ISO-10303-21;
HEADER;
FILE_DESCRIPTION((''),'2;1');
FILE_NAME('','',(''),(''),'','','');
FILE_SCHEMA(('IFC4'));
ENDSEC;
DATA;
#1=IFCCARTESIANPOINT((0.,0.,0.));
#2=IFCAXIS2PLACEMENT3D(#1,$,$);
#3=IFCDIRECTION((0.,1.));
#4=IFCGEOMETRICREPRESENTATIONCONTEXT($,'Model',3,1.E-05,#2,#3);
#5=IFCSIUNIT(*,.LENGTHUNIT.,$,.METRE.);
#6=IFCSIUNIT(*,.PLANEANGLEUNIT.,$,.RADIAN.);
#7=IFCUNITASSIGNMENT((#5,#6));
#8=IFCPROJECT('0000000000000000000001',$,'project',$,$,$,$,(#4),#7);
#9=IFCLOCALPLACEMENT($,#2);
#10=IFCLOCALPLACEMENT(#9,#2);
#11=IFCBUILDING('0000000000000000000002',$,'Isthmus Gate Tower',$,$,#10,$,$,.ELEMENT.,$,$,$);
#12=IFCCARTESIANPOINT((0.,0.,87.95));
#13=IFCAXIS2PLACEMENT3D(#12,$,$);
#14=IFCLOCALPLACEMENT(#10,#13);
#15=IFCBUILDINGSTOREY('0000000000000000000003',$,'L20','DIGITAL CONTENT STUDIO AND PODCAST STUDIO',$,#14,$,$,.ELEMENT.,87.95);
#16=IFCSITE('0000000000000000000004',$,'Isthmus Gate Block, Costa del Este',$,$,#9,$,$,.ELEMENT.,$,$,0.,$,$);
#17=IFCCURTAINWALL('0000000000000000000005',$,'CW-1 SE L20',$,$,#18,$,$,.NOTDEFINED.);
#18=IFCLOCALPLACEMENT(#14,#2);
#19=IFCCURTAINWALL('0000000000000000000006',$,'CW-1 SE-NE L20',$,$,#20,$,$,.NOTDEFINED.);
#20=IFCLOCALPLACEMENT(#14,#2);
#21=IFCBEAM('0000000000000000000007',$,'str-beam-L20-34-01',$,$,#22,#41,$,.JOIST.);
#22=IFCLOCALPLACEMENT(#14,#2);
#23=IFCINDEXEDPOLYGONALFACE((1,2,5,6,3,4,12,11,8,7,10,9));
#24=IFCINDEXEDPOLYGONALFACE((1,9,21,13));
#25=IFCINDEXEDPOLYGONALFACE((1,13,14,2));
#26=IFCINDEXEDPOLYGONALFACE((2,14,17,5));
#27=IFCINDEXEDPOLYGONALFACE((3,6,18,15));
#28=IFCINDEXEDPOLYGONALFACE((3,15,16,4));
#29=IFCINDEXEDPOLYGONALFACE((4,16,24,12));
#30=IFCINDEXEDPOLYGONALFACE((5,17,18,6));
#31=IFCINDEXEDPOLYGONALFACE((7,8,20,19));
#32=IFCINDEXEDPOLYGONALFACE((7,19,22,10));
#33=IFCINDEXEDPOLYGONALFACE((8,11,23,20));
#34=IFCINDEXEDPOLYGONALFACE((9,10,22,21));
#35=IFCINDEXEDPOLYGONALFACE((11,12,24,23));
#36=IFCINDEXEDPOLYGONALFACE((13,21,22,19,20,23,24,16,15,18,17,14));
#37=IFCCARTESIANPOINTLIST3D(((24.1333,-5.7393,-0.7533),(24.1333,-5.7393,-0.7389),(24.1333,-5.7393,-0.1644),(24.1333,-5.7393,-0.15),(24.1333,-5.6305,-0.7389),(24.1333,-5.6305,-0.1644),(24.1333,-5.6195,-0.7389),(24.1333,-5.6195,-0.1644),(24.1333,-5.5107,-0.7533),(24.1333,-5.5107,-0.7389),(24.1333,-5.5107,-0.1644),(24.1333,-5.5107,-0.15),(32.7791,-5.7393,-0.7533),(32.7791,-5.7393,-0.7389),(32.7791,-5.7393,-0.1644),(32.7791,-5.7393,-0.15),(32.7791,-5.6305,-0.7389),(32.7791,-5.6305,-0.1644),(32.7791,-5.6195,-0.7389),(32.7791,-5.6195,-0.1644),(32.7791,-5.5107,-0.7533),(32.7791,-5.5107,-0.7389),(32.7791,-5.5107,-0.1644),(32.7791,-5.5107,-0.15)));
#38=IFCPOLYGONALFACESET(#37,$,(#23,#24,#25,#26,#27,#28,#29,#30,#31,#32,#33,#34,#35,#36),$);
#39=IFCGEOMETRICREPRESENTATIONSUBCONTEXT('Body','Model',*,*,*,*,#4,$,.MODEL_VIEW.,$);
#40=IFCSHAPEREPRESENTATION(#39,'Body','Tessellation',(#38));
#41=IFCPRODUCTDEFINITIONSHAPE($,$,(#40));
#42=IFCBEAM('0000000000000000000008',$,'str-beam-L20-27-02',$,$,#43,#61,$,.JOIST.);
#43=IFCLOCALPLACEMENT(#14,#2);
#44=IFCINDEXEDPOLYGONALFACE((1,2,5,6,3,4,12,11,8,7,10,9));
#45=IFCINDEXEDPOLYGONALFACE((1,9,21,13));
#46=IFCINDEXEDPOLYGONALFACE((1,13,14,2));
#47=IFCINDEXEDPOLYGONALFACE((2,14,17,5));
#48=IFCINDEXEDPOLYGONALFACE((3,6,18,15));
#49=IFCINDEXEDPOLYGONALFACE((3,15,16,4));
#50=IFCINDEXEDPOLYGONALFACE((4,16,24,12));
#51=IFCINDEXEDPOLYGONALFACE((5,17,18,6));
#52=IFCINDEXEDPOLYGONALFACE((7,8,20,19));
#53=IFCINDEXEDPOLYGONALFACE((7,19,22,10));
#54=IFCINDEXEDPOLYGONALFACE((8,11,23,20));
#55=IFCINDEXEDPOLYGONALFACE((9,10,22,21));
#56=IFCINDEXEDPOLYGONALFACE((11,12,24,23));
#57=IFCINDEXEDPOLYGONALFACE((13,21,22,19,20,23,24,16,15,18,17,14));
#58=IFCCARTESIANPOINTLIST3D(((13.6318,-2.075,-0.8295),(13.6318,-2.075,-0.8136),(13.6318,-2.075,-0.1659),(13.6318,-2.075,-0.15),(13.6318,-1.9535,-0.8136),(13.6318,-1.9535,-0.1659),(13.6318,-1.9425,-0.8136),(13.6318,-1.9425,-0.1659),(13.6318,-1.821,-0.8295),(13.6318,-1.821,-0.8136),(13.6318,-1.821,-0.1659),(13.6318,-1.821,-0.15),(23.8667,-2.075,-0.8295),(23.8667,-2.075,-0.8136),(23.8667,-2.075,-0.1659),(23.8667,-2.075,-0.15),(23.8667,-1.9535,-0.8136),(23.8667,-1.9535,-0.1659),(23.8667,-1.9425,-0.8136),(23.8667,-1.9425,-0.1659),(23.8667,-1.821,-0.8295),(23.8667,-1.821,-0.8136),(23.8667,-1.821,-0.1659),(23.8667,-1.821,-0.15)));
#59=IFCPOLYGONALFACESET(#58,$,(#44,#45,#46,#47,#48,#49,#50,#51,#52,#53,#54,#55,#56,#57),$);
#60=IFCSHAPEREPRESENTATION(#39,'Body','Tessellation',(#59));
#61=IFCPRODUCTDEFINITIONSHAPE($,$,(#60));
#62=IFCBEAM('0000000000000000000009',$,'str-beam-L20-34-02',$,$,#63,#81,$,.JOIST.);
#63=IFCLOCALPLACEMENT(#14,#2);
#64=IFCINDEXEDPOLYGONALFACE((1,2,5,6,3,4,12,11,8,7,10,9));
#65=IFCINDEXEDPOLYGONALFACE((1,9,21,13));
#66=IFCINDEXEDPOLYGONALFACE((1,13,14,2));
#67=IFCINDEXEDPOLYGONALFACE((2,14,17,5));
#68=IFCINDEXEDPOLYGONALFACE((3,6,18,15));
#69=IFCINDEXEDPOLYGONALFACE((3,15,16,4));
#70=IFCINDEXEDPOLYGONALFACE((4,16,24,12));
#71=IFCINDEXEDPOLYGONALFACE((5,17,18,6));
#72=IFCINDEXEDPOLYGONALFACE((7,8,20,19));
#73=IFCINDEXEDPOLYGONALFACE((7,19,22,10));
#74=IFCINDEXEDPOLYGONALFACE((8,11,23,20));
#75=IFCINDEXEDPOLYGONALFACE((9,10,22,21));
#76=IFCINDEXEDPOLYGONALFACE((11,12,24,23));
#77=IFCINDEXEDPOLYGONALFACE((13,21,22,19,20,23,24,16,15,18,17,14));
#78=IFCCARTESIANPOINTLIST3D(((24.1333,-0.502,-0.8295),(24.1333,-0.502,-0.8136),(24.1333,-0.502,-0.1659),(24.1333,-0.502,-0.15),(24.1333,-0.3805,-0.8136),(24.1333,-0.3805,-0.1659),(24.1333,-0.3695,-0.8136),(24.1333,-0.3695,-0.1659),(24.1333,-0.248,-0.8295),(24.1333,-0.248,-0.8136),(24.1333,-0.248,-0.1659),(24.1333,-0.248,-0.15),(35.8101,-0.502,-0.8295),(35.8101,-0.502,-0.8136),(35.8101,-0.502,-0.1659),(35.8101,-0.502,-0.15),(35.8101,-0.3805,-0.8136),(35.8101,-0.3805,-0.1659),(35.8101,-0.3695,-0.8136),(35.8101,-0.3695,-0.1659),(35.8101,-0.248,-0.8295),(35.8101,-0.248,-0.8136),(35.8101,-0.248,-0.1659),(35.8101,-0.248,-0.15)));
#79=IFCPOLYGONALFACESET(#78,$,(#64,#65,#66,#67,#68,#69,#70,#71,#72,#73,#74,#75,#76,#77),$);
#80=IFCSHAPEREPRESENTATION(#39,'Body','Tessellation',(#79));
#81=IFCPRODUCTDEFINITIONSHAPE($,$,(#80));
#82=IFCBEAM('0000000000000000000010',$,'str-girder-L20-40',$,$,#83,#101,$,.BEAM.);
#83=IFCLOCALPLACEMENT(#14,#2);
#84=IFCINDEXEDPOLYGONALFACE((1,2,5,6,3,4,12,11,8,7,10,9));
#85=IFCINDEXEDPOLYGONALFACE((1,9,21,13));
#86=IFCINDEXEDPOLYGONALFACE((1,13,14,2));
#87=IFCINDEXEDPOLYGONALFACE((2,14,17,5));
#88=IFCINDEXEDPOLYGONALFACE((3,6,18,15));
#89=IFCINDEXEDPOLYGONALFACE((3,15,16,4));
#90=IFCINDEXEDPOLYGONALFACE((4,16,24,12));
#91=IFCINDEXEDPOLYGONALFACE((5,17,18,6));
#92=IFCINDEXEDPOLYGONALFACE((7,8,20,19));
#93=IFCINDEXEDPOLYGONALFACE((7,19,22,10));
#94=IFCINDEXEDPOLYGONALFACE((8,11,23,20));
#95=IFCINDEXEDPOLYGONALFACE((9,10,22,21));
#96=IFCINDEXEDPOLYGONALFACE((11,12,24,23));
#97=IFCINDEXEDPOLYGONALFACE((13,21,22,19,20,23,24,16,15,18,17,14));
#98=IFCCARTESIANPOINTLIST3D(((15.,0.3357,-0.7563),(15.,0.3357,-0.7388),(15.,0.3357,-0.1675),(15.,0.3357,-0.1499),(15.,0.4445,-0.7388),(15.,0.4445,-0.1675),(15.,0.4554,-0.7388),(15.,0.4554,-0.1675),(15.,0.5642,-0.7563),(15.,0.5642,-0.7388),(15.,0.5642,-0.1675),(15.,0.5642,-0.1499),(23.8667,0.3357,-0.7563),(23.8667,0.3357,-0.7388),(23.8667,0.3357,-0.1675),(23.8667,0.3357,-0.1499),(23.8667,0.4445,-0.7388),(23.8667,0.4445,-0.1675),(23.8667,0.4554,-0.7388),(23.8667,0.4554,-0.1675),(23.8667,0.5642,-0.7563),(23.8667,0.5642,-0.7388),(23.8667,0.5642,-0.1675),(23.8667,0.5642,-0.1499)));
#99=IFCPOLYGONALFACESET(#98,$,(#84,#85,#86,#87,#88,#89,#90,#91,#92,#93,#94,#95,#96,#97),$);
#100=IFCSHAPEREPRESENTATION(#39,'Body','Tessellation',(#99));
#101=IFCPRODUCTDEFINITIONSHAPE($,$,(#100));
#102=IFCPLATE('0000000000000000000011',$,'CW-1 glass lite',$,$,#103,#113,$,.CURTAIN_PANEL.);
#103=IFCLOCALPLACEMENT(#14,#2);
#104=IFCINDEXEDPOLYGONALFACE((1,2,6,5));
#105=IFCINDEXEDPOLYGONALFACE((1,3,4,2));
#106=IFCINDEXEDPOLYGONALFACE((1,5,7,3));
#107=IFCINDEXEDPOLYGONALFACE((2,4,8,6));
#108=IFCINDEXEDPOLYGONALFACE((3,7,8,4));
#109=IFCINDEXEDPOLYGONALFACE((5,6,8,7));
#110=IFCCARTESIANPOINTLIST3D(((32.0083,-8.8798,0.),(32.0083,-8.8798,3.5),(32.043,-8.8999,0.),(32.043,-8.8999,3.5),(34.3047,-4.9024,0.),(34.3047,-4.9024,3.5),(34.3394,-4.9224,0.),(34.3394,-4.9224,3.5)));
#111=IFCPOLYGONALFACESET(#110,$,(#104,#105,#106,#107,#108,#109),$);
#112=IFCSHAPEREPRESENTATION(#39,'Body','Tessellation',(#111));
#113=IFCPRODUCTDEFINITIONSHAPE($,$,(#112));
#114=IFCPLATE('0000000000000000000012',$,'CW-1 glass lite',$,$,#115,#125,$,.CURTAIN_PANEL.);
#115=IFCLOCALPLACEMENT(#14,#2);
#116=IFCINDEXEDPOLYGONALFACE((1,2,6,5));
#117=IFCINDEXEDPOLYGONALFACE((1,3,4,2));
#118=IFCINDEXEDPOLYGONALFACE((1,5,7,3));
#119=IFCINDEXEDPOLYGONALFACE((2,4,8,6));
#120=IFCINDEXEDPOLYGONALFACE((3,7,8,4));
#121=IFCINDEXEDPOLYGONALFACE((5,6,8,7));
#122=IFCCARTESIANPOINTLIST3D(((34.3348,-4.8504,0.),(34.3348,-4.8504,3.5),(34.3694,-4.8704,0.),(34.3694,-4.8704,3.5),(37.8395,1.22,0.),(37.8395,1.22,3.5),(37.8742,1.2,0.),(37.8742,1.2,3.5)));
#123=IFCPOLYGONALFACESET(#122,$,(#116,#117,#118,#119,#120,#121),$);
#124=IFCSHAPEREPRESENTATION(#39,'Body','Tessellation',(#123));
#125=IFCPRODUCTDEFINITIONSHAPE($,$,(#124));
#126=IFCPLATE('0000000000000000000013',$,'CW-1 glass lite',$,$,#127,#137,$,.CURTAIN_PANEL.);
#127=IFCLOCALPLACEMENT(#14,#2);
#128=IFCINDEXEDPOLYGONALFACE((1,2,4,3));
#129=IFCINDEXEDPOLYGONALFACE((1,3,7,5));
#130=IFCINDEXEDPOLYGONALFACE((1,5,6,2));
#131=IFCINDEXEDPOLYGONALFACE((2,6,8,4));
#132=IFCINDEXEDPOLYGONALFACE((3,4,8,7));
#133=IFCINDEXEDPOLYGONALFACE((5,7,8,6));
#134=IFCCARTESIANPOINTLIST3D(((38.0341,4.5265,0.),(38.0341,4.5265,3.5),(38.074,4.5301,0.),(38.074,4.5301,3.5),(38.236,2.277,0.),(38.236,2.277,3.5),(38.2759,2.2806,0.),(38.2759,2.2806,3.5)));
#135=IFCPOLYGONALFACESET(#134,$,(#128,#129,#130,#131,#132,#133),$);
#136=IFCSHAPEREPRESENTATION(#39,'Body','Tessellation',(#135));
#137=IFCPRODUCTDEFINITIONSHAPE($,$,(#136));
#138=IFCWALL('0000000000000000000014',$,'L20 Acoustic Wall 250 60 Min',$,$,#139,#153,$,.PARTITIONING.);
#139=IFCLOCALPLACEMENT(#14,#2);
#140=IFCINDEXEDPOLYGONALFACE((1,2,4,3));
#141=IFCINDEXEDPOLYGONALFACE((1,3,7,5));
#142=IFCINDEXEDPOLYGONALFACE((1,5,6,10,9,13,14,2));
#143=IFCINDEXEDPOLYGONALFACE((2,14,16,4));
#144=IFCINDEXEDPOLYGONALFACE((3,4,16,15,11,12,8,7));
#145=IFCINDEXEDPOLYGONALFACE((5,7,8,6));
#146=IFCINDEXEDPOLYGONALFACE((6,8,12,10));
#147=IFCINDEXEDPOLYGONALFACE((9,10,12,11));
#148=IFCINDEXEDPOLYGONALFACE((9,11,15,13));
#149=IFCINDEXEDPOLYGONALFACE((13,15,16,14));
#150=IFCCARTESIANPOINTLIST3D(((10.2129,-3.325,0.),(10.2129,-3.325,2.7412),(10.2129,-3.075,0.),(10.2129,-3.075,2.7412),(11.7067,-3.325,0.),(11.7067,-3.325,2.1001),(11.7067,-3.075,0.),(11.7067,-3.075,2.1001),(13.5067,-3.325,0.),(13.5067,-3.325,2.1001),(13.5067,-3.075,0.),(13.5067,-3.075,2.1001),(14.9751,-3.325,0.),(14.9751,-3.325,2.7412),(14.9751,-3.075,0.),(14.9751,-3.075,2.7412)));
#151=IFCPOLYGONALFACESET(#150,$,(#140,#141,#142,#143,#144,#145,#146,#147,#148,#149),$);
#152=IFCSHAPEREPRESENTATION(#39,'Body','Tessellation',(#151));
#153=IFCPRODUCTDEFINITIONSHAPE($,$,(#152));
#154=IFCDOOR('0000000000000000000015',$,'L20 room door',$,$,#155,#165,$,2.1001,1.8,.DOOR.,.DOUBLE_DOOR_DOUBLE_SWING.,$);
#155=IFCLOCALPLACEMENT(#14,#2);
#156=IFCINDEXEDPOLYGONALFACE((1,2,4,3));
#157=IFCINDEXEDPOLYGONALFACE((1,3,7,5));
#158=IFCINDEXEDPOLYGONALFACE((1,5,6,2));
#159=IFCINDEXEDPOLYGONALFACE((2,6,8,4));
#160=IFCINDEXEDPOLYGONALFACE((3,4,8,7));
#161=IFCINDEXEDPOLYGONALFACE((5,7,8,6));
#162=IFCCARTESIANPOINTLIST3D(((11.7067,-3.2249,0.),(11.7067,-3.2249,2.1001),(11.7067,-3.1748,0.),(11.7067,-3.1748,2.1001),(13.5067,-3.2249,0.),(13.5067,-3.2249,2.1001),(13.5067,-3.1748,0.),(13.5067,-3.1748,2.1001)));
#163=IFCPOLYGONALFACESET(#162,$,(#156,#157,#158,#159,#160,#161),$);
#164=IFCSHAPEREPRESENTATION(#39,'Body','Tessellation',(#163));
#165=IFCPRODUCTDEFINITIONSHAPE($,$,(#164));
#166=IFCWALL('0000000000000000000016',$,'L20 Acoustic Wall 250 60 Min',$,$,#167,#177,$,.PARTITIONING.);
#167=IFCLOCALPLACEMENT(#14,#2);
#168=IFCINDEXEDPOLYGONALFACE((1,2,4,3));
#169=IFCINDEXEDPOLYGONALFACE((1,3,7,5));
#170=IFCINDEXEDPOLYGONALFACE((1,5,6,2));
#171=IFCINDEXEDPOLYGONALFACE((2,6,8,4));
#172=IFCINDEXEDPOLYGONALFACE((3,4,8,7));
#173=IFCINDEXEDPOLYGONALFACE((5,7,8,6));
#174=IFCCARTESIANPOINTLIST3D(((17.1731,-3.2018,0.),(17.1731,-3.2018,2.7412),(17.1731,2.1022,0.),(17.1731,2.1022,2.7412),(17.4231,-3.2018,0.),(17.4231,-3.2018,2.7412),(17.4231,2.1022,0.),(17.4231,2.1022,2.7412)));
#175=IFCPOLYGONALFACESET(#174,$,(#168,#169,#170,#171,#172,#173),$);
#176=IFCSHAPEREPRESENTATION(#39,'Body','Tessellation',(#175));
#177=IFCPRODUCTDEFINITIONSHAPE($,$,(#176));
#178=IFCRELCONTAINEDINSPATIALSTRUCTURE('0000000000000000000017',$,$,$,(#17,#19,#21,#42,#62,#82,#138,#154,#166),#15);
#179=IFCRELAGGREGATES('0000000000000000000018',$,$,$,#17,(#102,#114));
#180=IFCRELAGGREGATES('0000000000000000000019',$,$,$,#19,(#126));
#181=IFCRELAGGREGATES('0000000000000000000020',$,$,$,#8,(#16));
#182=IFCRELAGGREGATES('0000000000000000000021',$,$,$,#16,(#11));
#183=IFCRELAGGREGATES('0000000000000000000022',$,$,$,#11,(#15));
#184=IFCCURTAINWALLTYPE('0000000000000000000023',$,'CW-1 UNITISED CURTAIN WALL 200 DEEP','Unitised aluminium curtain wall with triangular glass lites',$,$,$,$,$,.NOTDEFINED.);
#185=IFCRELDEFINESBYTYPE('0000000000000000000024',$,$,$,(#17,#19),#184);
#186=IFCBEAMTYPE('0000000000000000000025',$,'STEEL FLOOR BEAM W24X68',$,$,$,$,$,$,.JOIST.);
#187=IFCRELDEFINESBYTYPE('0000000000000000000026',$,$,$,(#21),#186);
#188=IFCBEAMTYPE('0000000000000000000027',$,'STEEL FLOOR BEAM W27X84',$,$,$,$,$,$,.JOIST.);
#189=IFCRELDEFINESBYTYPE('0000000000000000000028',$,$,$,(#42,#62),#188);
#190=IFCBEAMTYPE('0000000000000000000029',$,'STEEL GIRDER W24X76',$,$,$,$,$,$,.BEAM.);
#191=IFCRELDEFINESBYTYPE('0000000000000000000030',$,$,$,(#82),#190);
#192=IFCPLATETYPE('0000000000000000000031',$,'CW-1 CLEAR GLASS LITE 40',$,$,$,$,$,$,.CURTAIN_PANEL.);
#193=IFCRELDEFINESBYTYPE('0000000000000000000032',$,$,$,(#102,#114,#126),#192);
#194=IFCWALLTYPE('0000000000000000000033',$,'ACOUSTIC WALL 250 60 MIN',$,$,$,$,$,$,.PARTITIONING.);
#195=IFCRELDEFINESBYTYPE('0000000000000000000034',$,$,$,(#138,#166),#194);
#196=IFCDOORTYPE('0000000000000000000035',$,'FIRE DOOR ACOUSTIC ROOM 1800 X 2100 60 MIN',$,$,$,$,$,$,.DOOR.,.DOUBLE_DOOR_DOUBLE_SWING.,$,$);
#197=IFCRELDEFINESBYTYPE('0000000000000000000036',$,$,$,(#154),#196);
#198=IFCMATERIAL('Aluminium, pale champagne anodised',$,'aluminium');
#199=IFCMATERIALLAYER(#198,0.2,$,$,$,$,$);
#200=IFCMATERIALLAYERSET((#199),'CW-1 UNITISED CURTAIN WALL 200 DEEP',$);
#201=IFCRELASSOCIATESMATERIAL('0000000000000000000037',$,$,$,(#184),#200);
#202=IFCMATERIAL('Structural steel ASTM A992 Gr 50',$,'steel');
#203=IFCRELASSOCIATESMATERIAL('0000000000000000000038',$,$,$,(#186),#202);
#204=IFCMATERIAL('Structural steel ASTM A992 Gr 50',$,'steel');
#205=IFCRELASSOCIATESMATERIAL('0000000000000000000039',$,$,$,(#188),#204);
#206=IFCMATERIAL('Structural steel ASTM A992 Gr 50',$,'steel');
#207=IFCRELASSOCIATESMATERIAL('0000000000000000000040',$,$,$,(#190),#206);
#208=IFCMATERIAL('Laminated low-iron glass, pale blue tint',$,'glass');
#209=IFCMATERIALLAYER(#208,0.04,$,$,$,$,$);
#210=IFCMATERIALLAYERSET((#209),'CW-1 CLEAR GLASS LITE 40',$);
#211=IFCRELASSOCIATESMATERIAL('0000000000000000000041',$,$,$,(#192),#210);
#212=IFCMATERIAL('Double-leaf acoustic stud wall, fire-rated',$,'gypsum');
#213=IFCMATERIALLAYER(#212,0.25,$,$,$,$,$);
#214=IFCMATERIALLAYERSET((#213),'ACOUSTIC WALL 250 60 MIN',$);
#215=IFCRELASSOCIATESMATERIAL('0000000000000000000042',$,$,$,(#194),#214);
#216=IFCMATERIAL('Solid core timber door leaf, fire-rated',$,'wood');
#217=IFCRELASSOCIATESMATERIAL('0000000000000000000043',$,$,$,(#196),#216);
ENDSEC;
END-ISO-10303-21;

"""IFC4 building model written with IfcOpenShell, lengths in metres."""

from ifc_helpers import new_model, si_unit, direction, frame, frame_2d, origin, origin_2d, place, context, subcontext, project, spatial, rectangle, i_section, extrude, material, layer, layer_set, material_profile, profile_set, type_object, element, fill, aggregate, save


model = new_model("IFC4")

# Units and contexts
model_context = context("Model", 3, precision=1e-05, world=origin(), true_north=direction((0.0, 1.0)))
body_context = subcontext(model_context, "Body", "Model", "MODEL_VIEW")
ifc_project = project(units=[si_unit("LENGTHUNIT", "METRE"), si_unit("PLANEANGLEUNIT", "RADIAN")], contexts=[model_context])

# Site, building, storey
site_placement = place(None, origin())
site = spatial("IfcSite", under=ifc_project, at=site_placement, Name="Isthmus Gate Block, Costa del Este", CompositionType="ELEMENT", RefElevation=0.0)
building_placement = place(site_placement, origin())
building = spatial("IfcBuilding", under=site, at=building_placement, Name="Isthmus Gate Tower", CompositionType="ELEMENT")
storey_placement = place(building_placement, frame((0.0, 0.0, 87.95)))
storey = spatial("IfcBuildingStorey", under=building, at=storey_placement, Name="L20", Description="DIGITAL CONTENT STUDIO AND PODCAST STUDIO", CompositionType="ELEMENT", Elevation=87.95)

# Curtain walls
ifc_material_1 = material(Name="Aluminium, pale champagne anodised", Category="aluminium")
ifc_layer_1 = layer(ifc_material_1, 0.2)
ifc_layer_set_1 = layer_set([ifc_layer_1], Name="CW-1 UNITISED CURTAIN WALL 200 DEEP")
curtain_wall_type = type_object("IfcCurtainWallType", Name="CW-1 UNITISED CURTAIN WALL 200 DEEP", Description="Unitised aluminium curtain wall with triangular glass lites", PredefinedType="NOTDEFINED", material=ifc_layer_set_1)
curtain_wall_1_placement = place(storey_placement, origin())
curtain_wall_1 = element("IfcCurtainWall", 1, at=curtain_wall_1_placement, inside=storey, type_object=curtain_wall_type, Name="CW-1 SE L20", PredefinedType="NOTDEFINED")
curtain_wall_2_placement = place(storey_placement, origin())
curtain_wall_2 = element("IfcCurtainWall", 2, at=curtain_wall_2_placement, inside=storey, type_object=curtain_wall_type, Name="CW-1 SE-NE L20", PredefinedType="NOTDEFINED")

# Beams
ifc_material_2 = material(Name="Structural steel ASTM A992 Gr 50", Category="steel")
ifc_material_profile_1 = material_profile(ifc_material_2, i_section(OverallWidth=0.2285, OverallDepth=0.6033, WebThickness=0.011, FlangeThickness=0.0144, at=origin_2d()), Name="W24X68")
ifc_profile_set_1 = profile_set([ifc_material_profile_1], Name="Structural steel ASTM A992 Gr 50")
beam_type_1 = type_object("IfcBeamType", Name="STEEL FLOOR BEAM W24X68", PredefinedType="JOIST", material=ifc_profile_set_1)
beam_1_placement = place(storey_placement, frame((24.1333, -5.625, -0.4517), z_axis=(1.0, 0.0, 0.0), x_axis=(0.0, 1.0, 0.0)))
element("IfcBeam", 3, at=beam_1_placement, inside=storey, type_object=beam_type_1, Name="str-beam-L20-34-01", PredefinedType="JOIST", context=body_context, shape_type="SweptSolid", body=[
    extrude(i_section(OverallWidth=0.2285, OverallDepth=0.6033, WebThickness=0.011, FlangeThickness=0.0144, at=origin_2d()), origin(), (0.0, 0.0, 1.0), 8.6458),
])
ifc_material_3 = material(Name="Structural steel ASTM A992 Gr 50", Category="steel")
ifc_material_profile_2 = material_profile(ifc_material_3, i_section(OverallWidth=0.2539, OverallDepth=0.6794, WebThickness=0.011, FlangeThickness=0.0159, at=origin_2d()), Name="W27X84")
ifc_profile_set_2 = profile_set([ifc_material_profile_2], Name="Structural steel ASTM A992 Gr 50")
beam_type_2 = type_object("IfcBeamType", Name="STEEL FLOOR BEAM W27X84", PredefinedType="JOIST", material=ifc_profile_set_2)
beam_2_placement = place(storey_placement, frame((13.6318, -1.948, -0.4897), z_axis=(1.0, 0.0, 0.0), x_axis=(0.0, 1.0, 0.0)))
element("IfcBeam", 4, at=beam_2_placement, inside=storey, type_object=beam_type_2, Name="str-beam-L20-27-02", PredefinedType="JOIST", context=body_context, shape_type="SweptSolid", body=[
    extrude(i_section(OverallWidth=0.2539, OverallDepth=0.6794, WebThickness=0.011, FlangeThickness=0.0159, at=origin_2d()), origin(), (0.0, 0.0, 1.0), 10.2349),
])
beam_3_placement = place(storey_placement, frame((24.1333, -0.375, -0.4897), z_axis=(1.0, 0.0, 0.0), x_axis=(0.0, 1.0, 0.0)))
element("IfcBeam", 5, at=beam_3_placement, inside=storey, type_object=beam_type_2, Name="str-beam-L20-34-02", PredefinedType="JOIST", context=body_context, shape_type="SweptSolid", body=[
    extrude(i_section(OverallWidth=0.2539, OverallDepth=0.6794, WebThickness=0.011, FlangeThickness=0.0159, at=origin_2d()), origin(), (0.0, 0.0, 1.0), 11.6768),
])
ifc_material_4 = material(Name="Structural steel ASTM A992 Gr 50", Category="steel")
ifc_material_profile_3 = material_profile(ifc_material_4, i_section(OverallWidth=0.2285, OverallDepth=0.6064, WebThickness=0.011, FlangeThickness=0.0176, at=origin_2d()), Name="W24X76")
ifc_profile_set_3 = profile_set([ifc_material_profile_3], Name="Structural steel ASTM A992 Gr 50")
beam_type_3 = type_object("IfcBeamType", Name="STEEL GIRDER W24X76", PredefinedType="BEAM", material=ifc_profile_set_3)
beam_4_placement = place(storey_placement, frame((15.0, 0.45, -0.4531), z_axis=(1.0, 0.0, 0.0), x_axis=(0.0, 1.0, 0.0)))
element("IfcBeam", 6, at=beam_4_placement, inside=storey, type_object=beam_type_3, Name="str-girder-L20-40", PredefinedType="BEAM", context=body_context, shape_type="SweptSolid", body=[
    extrude(i_section(OverallWidth=0.2285, OverallDepth=0.6064, WebThickness=0.011, FlangeThickness=0.0176, at=origin_2d()), origin(), (0.0, 0.0, 1.0), 8.8667),
])

# Plates
ifc_material_5 = material(Name="Laminated low-iron glass, pale blue tint", Category="glass")
ifc_layer_2 = layer(ifc_material_5, 0.04)
ifc_layer_set_2 = layer_set([ifc_layer_2], Name="CW-1 CLEAR GLASS LITE 40")
plate_type = type_object("IfcPlateType", Name="CW-1 CLEAR GLASS LITE 40", PredefinedType="CURTAIN_PANEL", material=ifc_layer_set_2)
plate_1_placement = place(storey_placement, frame((33.1738, -6.9011, 0.0), z_axis=(0.0, 0.0, 1.0), x_axis=(0.5, 0.866025, 0.0)))
plate_1 = element("IfcPlate", 7, at=plate_1_placement, type_object=plate_type, Name="CW-1 glass lite", PredefinedType="CURTAIN_PANEL", context=body_context, shape_type="SweptSolid", body=[
    extrude(rectangle(XDim=4.5928, YDim=0.04, at=origin_2d()), origin(), (0.0, 0.0, 1.0), 3.5),
])
plate_2_placement = place(storey_placement, frame((36.1045, -1.8252, 0.0), z_axis=(0.0, 0.0, 1.0), x_axis=(0.5, 0.866025, 0.0)))
plate_2 = element("IfcPlate", 8, at=plate_2_placement, type_object=plate_type, Name="CW-1 glass lite", PredefinedType="CURTAIN_PANEL", context=body_context, shape_type="SweptSolid", body=[
    extrude(rectangle(XDim=7.0095, YDim=0.04, at=origin_2d()), origin(), (0.0, 0.0, 1.0), 3.5),
])
aggregate(curtain_wall_1, [plate_1, plate_2])
plate_3_placement = place(storey_placement, frame((38.155, 3.4036, 0.0), z_axis=(0.0, 0.0, 1.0), x_axis=(-0.089397, 0.995996, 0.0)))
plate_3 = element("IfcPlate", 9, at=plate_3_placement, type_object=plate_type, Name="CW-1 glass lite", PredefinedType="CURTAIN_PANEL", context=body_context, shape_type="SweptSolid", body=[
    extrude(rectangle(XDim=2.2585, YDim=0.04, at=origin_2d()), origin(), (0.0, 0.0, 1.0), 3.5),
])
aggregate(curtain_wall_2, [plate_3])

# Wall, opening, door
ifc_material_6 = material(Name="Double-leaf acoustic stud wall, fire-rated", Category="gypsum")
ifc_layer_3 = layer(ifc_material_6, 0.25)
ifc_layer_set_3 = layer_set([ifc_layer_3], Name="ACOUSTIC WALL 250 60 MIN")
wall_type_1 = type_object("IfcWallType", Name="ACOUSTIC WALL 250 60 MIN", PredefinedType="PARTITIONING", material=ifc_layer_set_3)
wall_1_placement = place(storey_placement, frame((14.9751, -3.2, 0.0), z_axis=(0.0, 0.0, 1.0), x_axis=(-1.0, 0.0, 0.0)))
wall_1 = element("IfcWall", 10, at=wall_1_placement, inside=storey, type_object=wall_type_1, Name="L20 Acoustic Wall 250 60 Min", PredefinedType="PARTITIONING", context=body_context, shape_type="SweptSolid", body=[
    extrude(rectangle(XDim=4.7622, YDim=0.25, at=frame_2d((2.3811, 0.0))), origin(), (0.0, 0.0, 1.0), 2.7412),
])
opening_1_placement = place(wall_1_placement, frame((1.4685, 0.0, 0.0)))
opening_1 = element("IfcOpeningElement", 11, at=opening_1_placement, cuts=wall_1, PredefinedType="OPENING", context=body_context, shape_type="SweptSolid", body=[
    extrude(rectangle(XDim=1.8, YDim=2.1001, at=frame_2d((0.8999, 1.05))), frame((0.0, 0.135, 0.0), z_axis=(0.0, -1.0, 0.0), x_axis=(1.0, 0.0, 0.0)), (0.0, 0.0, 1.0), 0.27),
])
ifc_material_7 = material(Name="Solid core timber door leaf, fire-rated", Category="wood")
door_type = type_object("IfcDoorType", Name="FIRE DOOR ACOUSTIC ROOM 1800 X 2100 60 MIN", OperationType="DOUBLE_DOOR_DOUBLE_SWING", PredefinedType="DOOR", material=ifc_material_7)
door_1_placement = place(opening_1_placement, origin())
door_1 = element("IfcDoor", 12, at=door_1_placement, inside=storey, type_object=door_type, Name="L20 room door", OperationType="DOUBLE_DOOR_DOUBLE_SWING", OverallHeight=2.1001, OverallWidth=1.8, PredefinedType="DOOR", context=body_context, shape_type="SweptSolid", body=[
    extrude(rectangle(XDim=1.8, YDim=2.1001, at=frame_2d((0.8999, 1.05))), frame((0.0, 0.0249, 0.0), z_axis=(0.0, -1.0, 0.0), x_axis=(1.0, 0.0, 0.0)), (0.0, 0.0, 1.0), 0.05),
])
fill(opening_1, door_1)

# Wall
wall_2_placement = place(storey_placement, frame((17.2981, 2.1021, 0.0), z_axis=(0.0, 0.0, 1.0), x_axis=(0.0, -1.0, 0.0)))
element("IfcWall", 13, at=wall_2_placement, inside=storey, type_object=wall_type_1, Name="L20 Acoustic Wall 250 60 Min", PredefinedType="PARTITIONING", context=body_context, shape_type="SweptSolid", body=[
    extrude(rectangle(XDim=5.304, YDim=0.25, at=frame_2d((2.6519, 0.0))), origin(), (0.0, 0.0, 1.0), 2.7412),
])

save(model, "model.ifc")
